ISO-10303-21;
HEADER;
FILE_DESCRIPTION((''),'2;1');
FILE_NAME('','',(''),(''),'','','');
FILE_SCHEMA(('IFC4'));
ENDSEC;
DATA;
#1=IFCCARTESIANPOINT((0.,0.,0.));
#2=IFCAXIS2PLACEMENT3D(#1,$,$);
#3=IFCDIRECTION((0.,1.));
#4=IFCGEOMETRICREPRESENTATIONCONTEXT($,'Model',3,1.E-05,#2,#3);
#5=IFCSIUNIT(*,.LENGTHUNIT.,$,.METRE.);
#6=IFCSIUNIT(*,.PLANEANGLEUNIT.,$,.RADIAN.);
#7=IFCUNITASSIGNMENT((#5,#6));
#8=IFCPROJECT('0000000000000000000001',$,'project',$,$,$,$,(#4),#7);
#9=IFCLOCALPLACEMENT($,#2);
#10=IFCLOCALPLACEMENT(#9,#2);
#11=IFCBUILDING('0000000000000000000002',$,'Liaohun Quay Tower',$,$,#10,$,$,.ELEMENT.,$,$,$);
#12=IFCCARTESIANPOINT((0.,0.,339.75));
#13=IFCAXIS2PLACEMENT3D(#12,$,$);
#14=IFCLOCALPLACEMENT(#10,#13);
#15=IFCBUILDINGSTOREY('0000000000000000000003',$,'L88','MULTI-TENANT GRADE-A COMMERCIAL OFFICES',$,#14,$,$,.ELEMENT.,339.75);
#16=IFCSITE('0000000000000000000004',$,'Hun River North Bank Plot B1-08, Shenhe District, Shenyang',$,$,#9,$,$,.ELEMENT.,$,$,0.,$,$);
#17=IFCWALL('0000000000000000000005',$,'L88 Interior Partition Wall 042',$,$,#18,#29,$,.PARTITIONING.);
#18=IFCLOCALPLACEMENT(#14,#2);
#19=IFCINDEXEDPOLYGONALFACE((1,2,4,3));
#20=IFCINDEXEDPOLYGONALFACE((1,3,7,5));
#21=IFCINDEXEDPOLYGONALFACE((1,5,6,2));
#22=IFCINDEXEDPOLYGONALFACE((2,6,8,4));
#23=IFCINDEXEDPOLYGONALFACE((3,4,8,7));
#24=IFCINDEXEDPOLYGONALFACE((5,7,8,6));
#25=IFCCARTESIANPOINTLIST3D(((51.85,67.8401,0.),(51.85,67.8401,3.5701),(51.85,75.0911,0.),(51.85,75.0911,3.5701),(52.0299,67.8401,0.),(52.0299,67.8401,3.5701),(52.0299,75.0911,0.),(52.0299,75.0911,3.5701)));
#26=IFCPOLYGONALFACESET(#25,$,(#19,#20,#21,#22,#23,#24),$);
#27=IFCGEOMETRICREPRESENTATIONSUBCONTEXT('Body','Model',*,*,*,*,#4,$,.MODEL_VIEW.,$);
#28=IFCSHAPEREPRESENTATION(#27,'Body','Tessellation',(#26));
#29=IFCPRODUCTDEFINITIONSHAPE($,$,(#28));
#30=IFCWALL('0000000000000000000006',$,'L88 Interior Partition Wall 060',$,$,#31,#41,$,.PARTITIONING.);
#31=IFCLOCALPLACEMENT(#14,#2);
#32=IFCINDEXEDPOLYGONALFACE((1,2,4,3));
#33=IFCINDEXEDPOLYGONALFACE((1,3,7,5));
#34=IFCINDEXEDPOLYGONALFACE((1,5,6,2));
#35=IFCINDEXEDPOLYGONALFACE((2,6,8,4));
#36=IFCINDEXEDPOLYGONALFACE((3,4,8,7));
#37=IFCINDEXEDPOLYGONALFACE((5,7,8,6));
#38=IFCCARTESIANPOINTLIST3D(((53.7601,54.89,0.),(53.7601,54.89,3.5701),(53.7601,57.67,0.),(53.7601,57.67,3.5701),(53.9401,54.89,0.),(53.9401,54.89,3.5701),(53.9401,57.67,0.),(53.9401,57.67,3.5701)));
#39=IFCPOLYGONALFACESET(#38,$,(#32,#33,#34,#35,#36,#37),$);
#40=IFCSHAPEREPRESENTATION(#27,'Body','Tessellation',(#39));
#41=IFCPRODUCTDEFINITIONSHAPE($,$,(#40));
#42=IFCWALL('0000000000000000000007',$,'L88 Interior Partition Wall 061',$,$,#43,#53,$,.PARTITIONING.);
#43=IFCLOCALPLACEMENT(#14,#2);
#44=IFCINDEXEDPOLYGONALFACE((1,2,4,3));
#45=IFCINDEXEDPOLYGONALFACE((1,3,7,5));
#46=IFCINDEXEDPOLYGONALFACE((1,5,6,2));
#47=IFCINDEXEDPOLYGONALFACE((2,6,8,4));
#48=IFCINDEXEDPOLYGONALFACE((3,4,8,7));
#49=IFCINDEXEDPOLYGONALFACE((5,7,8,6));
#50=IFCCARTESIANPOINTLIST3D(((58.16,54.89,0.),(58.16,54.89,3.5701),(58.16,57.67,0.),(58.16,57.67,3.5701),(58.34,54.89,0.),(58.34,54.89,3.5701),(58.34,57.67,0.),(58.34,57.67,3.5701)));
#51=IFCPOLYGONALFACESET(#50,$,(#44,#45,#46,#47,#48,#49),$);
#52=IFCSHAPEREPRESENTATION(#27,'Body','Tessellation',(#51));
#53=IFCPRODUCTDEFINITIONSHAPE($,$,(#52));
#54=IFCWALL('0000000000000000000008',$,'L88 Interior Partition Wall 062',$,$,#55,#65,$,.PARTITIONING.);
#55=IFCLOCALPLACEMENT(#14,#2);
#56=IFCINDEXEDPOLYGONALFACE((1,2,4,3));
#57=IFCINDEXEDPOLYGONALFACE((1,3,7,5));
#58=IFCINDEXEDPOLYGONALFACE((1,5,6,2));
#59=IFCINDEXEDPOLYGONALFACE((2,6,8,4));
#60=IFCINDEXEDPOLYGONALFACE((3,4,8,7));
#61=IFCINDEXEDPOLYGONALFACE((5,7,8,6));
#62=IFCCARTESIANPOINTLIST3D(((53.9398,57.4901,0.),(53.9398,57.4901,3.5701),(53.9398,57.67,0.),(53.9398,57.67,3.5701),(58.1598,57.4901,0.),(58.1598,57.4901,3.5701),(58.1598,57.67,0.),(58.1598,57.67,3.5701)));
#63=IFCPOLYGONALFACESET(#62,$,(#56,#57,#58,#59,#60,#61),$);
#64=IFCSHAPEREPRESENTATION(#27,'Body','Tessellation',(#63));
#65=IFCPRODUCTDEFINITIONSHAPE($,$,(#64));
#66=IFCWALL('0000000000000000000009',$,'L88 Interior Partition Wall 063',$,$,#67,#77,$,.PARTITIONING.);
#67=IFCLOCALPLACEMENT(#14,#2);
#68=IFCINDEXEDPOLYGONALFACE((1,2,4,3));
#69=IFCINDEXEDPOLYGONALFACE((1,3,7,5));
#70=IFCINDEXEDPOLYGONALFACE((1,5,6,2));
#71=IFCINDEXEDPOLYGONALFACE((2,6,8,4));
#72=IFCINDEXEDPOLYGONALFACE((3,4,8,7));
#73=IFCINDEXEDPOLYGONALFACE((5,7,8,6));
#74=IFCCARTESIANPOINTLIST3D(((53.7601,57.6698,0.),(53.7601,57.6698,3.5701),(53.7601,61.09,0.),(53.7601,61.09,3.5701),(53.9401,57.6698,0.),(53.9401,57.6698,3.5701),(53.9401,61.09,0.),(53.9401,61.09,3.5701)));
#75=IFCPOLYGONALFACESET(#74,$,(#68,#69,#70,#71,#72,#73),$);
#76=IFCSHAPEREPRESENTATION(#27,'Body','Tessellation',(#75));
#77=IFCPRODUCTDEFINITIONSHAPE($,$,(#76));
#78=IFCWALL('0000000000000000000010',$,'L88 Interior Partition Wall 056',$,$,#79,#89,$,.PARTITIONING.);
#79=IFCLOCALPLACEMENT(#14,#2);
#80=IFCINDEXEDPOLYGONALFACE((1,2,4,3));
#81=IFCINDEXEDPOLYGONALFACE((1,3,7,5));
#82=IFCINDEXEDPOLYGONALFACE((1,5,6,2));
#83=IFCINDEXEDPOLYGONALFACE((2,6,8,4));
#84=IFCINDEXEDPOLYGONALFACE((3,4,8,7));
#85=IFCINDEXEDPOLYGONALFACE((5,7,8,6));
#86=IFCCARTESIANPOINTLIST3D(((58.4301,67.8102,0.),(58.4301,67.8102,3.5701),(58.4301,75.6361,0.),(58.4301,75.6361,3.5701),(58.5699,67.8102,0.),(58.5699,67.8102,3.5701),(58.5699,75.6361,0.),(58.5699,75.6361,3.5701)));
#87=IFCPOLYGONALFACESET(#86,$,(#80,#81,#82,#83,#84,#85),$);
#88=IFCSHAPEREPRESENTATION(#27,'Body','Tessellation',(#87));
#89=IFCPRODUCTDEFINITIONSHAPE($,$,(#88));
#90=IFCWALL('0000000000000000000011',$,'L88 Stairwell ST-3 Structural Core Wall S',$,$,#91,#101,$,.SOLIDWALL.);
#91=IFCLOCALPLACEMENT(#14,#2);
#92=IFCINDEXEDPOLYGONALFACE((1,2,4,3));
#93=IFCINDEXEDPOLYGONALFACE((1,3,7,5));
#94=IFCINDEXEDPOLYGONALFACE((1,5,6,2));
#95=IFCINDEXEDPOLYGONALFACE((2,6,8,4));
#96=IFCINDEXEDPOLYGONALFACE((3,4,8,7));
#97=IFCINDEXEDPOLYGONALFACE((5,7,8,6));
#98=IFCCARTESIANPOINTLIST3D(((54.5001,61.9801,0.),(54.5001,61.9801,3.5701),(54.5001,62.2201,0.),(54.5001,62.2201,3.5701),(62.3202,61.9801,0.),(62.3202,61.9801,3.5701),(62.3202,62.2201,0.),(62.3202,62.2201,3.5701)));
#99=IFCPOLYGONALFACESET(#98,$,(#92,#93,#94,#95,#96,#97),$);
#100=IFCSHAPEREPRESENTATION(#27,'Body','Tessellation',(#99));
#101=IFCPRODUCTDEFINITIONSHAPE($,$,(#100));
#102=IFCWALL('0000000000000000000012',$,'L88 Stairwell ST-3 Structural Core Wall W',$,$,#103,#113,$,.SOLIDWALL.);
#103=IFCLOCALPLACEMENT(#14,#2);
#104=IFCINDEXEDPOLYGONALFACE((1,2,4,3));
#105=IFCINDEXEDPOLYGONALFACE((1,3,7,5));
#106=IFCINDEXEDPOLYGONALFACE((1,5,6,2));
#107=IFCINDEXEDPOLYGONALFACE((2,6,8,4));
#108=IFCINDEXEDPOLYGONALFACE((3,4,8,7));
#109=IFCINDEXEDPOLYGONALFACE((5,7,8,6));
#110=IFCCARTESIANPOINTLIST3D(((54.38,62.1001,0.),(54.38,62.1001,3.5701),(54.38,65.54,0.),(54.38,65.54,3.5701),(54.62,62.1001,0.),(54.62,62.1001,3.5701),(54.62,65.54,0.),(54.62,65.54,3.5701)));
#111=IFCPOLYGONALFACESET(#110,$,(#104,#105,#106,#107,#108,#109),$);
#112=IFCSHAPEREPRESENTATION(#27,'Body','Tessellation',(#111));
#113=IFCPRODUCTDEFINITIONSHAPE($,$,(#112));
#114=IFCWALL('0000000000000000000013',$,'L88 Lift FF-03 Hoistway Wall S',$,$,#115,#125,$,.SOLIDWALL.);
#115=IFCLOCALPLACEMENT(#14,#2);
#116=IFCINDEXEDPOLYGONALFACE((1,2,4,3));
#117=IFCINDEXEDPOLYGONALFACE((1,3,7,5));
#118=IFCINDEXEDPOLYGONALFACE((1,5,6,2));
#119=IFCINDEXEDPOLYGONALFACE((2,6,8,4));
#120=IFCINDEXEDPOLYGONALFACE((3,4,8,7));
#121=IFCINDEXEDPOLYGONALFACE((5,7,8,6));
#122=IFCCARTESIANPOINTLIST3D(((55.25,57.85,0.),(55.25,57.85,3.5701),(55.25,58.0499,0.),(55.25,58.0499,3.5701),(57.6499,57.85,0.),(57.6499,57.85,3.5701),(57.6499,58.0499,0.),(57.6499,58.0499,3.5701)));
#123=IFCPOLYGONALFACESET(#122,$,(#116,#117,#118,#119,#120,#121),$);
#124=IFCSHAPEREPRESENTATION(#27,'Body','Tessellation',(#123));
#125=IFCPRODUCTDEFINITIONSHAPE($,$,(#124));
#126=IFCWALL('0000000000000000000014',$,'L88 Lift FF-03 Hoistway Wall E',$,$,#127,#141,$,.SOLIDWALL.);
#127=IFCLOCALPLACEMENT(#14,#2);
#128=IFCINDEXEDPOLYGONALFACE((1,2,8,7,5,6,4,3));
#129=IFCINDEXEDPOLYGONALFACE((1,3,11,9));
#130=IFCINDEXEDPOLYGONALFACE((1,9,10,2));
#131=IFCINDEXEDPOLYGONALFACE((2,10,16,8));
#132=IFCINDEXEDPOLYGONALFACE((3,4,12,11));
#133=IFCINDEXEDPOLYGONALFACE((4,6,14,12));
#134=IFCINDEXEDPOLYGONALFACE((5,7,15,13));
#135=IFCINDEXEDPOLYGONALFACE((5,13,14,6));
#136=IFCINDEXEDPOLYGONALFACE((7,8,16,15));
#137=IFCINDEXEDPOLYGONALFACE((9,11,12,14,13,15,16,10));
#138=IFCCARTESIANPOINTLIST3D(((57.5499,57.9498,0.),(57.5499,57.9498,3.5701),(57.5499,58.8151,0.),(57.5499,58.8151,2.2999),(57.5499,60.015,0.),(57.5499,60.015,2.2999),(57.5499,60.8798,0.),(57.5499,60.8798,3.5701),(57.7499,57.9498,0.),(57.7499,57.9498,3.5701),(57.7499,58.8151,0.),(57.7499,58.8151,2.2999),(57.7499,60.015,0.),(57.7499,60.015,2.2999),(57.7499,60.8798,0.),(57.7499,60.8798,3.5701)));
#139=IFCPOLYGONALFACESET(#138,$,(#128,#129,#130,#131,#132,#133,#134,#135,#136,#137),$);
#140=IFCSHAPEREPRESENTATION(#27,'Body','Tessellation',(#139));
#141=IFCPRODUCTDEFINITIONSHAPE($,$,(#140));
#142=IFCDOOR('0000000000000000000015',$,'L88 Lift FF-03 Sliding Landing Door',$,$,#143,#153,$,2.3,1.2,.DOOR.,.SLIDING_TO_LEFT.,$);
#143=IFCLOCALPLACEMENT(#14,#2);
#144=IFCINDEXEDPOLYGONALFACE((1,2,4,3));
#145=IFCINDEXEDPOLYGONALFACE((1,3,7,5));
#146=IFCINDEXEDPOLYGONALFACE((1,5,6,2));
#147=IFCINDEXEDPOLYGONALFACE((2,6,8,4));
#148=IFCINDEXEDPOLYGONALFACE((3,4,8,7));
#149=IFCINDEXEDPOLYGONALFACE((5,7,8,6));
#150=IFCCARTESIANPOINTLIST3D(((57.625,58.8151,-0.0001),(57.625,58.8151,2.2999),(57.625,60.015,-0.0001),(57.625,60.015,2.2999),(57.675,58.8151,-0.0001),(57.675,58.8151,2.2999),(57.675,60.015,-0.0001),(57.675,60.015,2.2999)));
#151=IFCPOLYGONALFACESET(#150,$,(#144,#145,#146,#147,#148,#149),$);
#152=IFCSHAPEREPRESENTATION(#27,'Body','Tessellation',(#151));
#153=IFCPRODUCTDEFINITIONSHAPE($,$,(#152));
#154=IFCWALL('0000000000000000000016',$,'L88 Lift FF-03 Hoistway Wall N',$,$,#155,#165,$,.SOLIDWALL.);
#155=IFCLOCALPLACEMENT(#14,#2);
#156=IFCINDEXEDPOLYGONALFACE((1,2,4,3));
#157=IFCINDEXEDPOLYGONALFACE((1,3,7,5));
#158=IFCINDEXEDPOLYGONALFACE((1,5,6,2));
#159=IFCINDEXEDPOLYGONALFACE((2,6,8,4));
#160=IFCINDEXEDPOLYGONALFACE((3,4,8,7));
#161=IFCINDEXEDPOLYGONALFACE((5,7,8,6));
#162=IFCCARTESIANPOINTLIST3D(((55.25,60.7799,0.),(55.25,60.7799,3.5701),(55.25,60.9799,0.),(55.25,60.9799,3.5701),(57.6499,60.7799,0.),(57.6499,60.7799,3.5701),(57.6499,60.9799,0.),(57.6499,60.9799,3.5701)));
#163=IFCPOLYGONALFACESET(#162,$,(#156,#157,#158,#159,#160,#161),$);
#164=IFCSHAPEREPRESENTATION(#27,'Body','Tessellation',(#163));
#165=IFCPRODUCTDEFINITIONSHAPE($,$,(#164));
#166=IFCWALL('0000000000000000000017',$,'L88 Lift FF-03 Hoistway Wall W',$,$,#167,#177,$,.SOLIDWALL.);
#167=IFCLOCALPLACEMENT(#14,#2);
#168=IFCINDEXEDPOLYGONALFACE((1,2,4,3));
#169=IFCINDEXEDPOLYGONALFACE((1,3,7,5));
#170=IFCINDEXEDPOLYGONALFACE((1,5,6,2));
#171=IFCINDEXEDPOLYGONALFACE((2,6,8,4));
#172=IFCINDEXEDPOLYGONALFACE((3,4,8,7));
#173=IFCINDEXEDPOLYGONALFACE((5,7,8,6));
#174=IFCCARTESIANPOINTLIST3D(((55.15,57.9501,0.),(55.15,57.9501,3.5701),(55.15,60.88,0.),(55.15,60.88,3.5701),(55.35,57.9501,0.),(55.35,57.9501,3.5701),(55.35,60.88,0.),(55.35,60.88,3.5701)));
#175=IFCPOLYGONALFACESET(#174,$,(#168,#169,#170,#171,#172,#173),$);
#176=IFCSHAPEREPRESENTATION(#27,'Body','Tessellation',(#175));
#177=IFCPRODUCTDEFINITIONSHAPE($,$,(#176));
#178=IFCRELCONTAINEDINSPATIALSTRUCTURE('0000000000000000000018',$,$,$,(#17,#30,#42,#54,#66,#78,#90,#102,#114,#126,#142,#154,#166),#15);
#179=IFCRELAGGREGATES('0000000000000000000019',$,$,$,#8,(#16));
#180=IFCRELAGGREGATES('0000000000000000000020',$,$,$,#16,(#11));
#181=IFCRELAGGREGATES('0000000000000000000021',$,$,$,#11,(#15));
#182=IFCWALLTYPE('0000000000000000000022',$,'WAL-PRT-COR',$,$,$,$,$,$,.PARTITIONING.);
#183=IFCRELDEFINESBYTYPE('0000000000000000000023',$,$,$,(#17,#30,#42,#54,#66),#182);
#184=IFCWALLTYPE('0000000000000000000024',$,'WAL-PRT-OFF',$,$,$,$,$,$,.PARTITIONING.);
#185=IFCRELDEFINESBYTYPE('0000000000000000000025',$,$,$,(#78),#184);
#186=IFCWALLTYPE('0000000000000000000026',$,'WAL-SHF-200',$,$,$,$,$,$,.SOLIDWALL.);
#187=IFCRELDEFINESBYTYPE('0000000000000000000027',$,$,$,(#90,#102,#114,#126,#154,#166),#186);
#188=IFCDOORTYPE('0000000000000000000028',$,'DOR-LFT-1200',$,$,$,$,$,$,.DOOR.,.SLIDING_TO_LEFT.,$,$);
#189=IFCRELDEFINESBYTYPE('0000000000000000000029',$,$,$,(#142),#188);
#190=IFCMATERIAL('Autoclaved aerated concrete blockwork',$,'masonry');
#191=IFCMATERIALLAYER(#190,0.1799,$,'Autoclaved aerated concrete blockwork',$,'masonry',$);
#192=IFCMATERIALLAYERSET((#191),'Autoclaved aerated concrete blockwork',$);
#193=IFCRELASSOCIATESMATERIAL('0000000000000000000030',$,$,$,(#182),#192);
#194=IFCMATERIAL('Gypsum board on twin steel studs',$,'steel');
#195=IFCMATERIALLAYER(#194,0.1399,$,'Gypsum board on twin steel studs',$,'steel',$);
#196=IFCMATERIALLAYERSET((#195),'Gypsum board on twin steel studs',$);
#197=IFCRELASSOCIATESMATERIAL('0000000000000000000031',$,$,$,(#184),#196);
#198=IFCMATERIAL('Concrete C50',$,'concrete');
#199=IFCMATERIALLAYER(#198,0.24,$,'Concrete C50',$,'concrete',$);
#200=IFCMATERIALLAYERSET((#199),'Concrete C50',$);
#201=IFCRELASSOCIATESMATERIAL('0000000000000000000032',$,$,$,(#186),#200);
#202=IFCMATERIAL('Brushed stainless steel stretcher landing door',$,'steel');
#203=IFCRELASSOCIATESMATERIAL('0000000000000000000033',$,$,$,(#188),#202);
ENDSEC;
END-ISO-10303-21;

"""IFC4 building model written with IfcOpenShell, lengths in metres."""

from ifc_helpers import new_model, si_unit, direction, frame, frame_2d, origin, place, context, subcontext, project, spatial, rectangle, extrude, source, transform, mapped, material, layer, layer_set, type_object, element, fill, save


model = new_model("IFC4")

# Units and contexts
model_context = context("Model", 3, precision=1e-05, world=origin(), true_north=direction((0.0, 1.0)))
body_context = subcontext(model_context, "Body", "Model", "MODEL_VIEW")
ifc_project = project(units=[si_unit("LENGTHUNIT", "METRE"), si_unit("PLANEANGLEUNIT", "RADIAN")], contexts=[model_context])

# Site, building, storey
site_placement = place(None, origin())
site = spatial("IfcSite", under=ifc_project, at=site_placement, Name="Hun River North Bank Plot B1-08, Shenhe District, Shenyang", CompositionType="ELEMENT", RefElevation=0.0)
building_placement = place(site_placement, origin())
building = spatial("IfcBuilding", under=site, at=building_placement, Name="Liaohun Quay Tower", CompositionType="ELEMENT")
storey_placement = place(building_placement, frame((0.0, 0.0, 339.75)))
storey = spatial("IfcBuildingStorey", under=building, at=storey_placement, Name="L88", Description="MULTI-TENANT GRADE-A COMMERCIAL OFFICES", CompositionType="ELEMENT", Elevation=339.75)

# Shared definitions
ifc_material_1 = material(Name="Autoclaved aerated concrete blockwork", Category="masonry")
ifc_layer_1 = layer(ifc_material_1, 0.1799, Name="Autoclaved aerated concrete blockwork", Category="masonry")
ifc_layer_set_1 = layer_set([ifc_layer_1], Name="Autoclaved aerated concrete blockwork")
wall_type_1 = type_object("IfcWallType", Name="WAL-PRT-COR", PredefinedType="PARTITIONING", material=ifc_layer_set_1)

# Walls
wall_1_placement = place(storey_placement, frame((51.9399, 67.8401, 0.0), z_axis=(0.0, 0.0, 1.0), x_axis=(0.0, 1.0, 0.0)))
element("IfcWall", 1, at=wall_1_placement, inside=storey, type_object=wall_type_1, Name="L88 Interior Partition Wall 042", PredefinedType="PARTITIONING", context=body_context, shape_type="SweptSolid", body=[
    extrude(rectangle(XDim=7.251, YDim=0.1799, at=frame_2d((3.6255, 0.0))), origin(), (0.0, 0.0, 1.0), 3.5701),
])
for number, where, z_axis, x_axis, name in (
    (2, (53.8501, 54.8899, 0.0), (0.0, 0.0, 1.0), (0.0, 1.0, 0.0), "L88 Interior Partition Wall 060"),
    (3, (58.25, 54.8899, 0.0), (0.0, 0.0, 1.0), (0.0, 1.0, 0.0), "L88 Interior Partition Wall 061"),
):
    element("IfcWall", number, at=place(storey_placement, frame(where, z_axis=z_axis, x_axis=x_axis)), inside=storey, type_object=wall_type_1, Name=name, PredefinedType="PARTITIONING", context=body_context, shape_type="SweptSolid", body=[
        extrude(rectangle(XDim=2.78, YDim=0.1799, at=frame_2d((1.3901, 0.0))), origin(), (0.0, 0.0, 1.0), 3.5701),
    ])
wall_2_placement = place(storey_placement, frame((53.9399, 57.5801, 0.0), z_axis=(0.0, 0.0, 1.0), x_axis=(1.0, 0.0, 0.0)))
element("IfcWall", 4, at=wall_2_placement, inside=storey, type_object=wall_type_1, Name="L88 Interior Partition Wall 062", PredefinedType="PARTITIONING", context=body_context, shape_type="SweptSolid", body=[
    extrude(rectangle(XDim=4.22, YDim=0.1799, at=frame_2d((2.1099, 0.0))), origin(), (0.0, 0.0, 1.0), 3.5701),
])
wall_3_placement = place(storey_placement, frame((53.8501, 57.6699, 0.0), z_axis=(0.0, 0.0, 1.0), x_axis=(0.0, 1.0, 0.0)))
element("IfcWall", 5, at=wall_3_placement, inside=storey, type_object=wall_type_1, Name="L88 Interior Partition Wall 063", PredefinedType="PARTITIONING", context=body_context, shape_type="SweptSolid", body=[
    extrude(rectangle(XDim=3.4202, YDim=0.1799, at=frame_2d((1.71, 0.0))), origin(), (0.0, 0.0, 1.0), 3.5701),
])
ifc_material_2 = material(Name="Gypsum board on twin steel studs", Category="steel")
ifc_layer_2 = layer(ifc_material_2, 0.1399, Name="Gypsum board on twin steel studs", Category="steel")
ifc_layer_set_2 = layer_set([ifc_layer_2], Name="Gypsum board on twin steel studs")
wall_type_2 = type_object("IfcWallType", Name="WAL-PRT-OFF", PredefinedType="PARTITIONING", material=ifc_layer_set_2)
wall_4_placement = place(storey_placement, frame((58.5, 67.8101, 0.0), z_axis=(0.0, 0.0, 1.0), x_axis=(0.0, 1.0, 0.0)))
element("IfcWall", 6, at=wall_4_placement, inside=storey, type_object=wall_type_2, Name="L88 Interior Partition Wall 056", PredefinedType="PARTITIONING", context=body_context, shape_type="SweptSolid", body=[
    extrude(rectangle(XDim=7.8259, YDim=0.1399, at=frame_2d((3.9131, 0.0))), origin(), (0.0, 0.0, 1.0), 3.5701),
])
ifc_material_3 = material(Name="Concrete C50", Category="concrete")
ifc_layer_3 = layer(ifc_material_3, 0.24, Name="Concrete C50", Category="concrete")
ifc_layer_set_3 = layer_set([ifc_layer_3], Name="Concrete C50")
wall_type_3 = type_object("IfcWallType", Name="WAL-SHF-200", PredefinedType="SOLIDWALL", material=ifc_layer_set_3)
wall_5_placement = place(storey_placement, frame((54.5, 62.1001, 0.0), z_axis=(0.0, 0.0, 1.0), x_axis=(1.0, 0.0, 0.0)))
element("IfcWall", 7, at=wall_5_placement, inside=storey, type_object=wall_type_3, Name="L88 Stairwell ST-3 Structural Core Wall S", PredefinedType="SOLIDWALL", context=body_context, shape_type="SweptSolid", body=[
    extrude(rectangle(XDim=7.8201, YDim=0.24, at=frame_2d((3.9102, 0.0))), origin(), (0.0, 0.0, 1.0), 3.5701),
])
wall_6_placement = place(storey_placement, frame((54.5, 65.54, 0.0), z_axis=(0.0, 0.0, 1.0), x_axis=(0.0, -1.0, 0.0)))
element("IfcWall", 8, at=wall_6_placement, inside=storey, type_object=wall_type_3, Name="L88 Stairwell ST-3 Structural Core Wall W", PredefinedType="SOLIDWALL", context=body_context, shape_type="SweptSolid", body=[
    extrude(rectangle(XDim=3.4399, YDim=0.24, at=frame_2d((1.72, 0.0))), origin(), (0.0, 0.0, 1.0), 3.5701),
])
wall_7_placement = place(storey_placement, frame((55.25, 57.95, 0.0), z_axis=(0.0, 0.0, 1.0), x_axis=(1.0, 0.0, 0.0)))
element("IfcWall", 9, at=wall_7_placement, inside=storey, type_object=wall_type_3, Name="L88 Lift FF-03 Hoistway Wall S", PredefinedType="SOLIDWALL", context=body_context, shape_type="SweptSolid", body=[
    extrude(rectangle(XDim=2.3999, YDim=0.2, at=frame_2d((1.2, 0.0))), origin(), (0.0, 0.0, 1.0), 3.5701),
])

# Wall, opening, door
wall_8_placement = place(storey_placement, frame((57.6499, 57.95, 0.0), z_axis=(0.0, 0.0, 1.0), x_axis=(0.0, 1.0, 0.0)))
wall_8 = element("IfcWall", 10, at=wall_8_placement, inside=storey, type_object=wall_type_3, Name="L88 Lift FF-03 Hoistway Wall E", PredefinedType="SOLIDWALL", context=body_context, shape_type="SweptSolid", body=[
    extrude(rectangle(XDim=2.9299, YDim=0.2, at=frame_2d((1.4648, 0.0))), origin(), (0.0, 0.0, 1.0), 3.5701),
])
shared_shape_1 = source(origin(), body_context, "Body", "SweptSolid", [
    extrude(rectangle(XDim=1.2, YDim=2.3, at=frame_2d((0.6001, 1.1499))), frame((0.0, 0.1099, 0.0), z_axis=(0.0, -1.0, 0.0), x_axis=(1.0, 0.0, 0.0)), (0.0, 0.0, 1.0), 0.22),
])
opening_1_placement = place(wall_8_placement, frame((0.865, 0.0, 0.0)))
opening_1 = element("IfcOpeningElement", 11, at=opening_1_placement, cuts=wall_8, PredefinedType="OPENING", context=body_context, shape_type="MappedRepresentation", body=[
    mapped(shared_shape_1, transform((0.0, 0.0, 0.0), x_axis=(1.0, 0.0, 0.0), y_axis=(0.0, 1.0, 0.0), z_axis=(0.0, 0.0, 1.0), scale=1.0)),
])
ifc_material_4 = material(Name="Brushed stainless steel stretcher landing door", Category="steel")
door_type_1 = type_object("IfcDoorType", Name="DOR-LFT-1200", OperationType="SLIDING_TO_LEFT", PredefinedType="DOOR", material=ifc_material_4)
shared_shape_2 = source(origin(), body_context, "Body", "SweptSolid", [
    extrude(rectangle(XDim=1.2, YDim=2.3, at=frame_2d((0.6001, 1.1499))), frame((0.0, 0.0249, 0.0), z_axis=(0.0, -1.0, 0.0), x_axis=(1.0, 0.0, 0.0)), (0.0, 0.0, 1.0), 0.05),
])
door_1_placement = place(opening_1_placement, origin())
door_1 = element("IfcDoor", 12, at=door_1_placement, inside=storey, type_object=door_type_1, Name="L88 Lift FF-03 Sliding Landing Door", OperationType="SLIDING_TO_LEFT", OverallHeight=2.3, OverallWidth=1.2, PredefinedType="DOOR", context=body_context, shape_type="MappedRepresentation", body=[
    mapped(shared_shape_2, transform((0.0, 0.0, 0.0), x_axis=(1.0, 0.0, 0.0), y_axis=(0.0, 1.0, 0.0), z_axis=(0.0, 0.0, 1.0), scale=1.0)),
])
fill(opening_1, door_1)

# Walls
wall_9_placement = place(storey_placement, frame((57.6499, 60.8799, 0.0), z_axis=(0.0, 0.0, 1.0), x_axis=(-1.0, 0.0, 0.0)))
element("IfcWall", 13, at=wall_9_placement, inside=storey, type_object=wall_type_3, Name="L88 Lift FF-03 Hoistway Wall N", PredefinedType="SOLIDWALL", context=body_context, shape_type="SweptSolid", body=[
    extrude(rectangle(XDim=2.3999, YDim=0.2, at=frame_2d((1.2, 0.0))), origin(), (0.0, 0.0, 1.0), 3.5701),
])
wall_10_placement = place(storey_placement, frame((55.25, 60.8799, 0.0), z_axis=(0.0, 0.0, 1.0), x_axis=(0.0, -1.0, 0.0)))
element("IfcWall", 14, at=wall_10_placement, inside=storey, type_object=wall_type_3, Name="L88 Lift FF-03 Hoistway Wall W", PredefinedType="SOLIDWALL", context=body_context, shape_type="SweptSolid", body=[
    extrude(rectangle(XDim=2.9299, YDim=0.2, at=frame_2d((1.4648, 0.0))), origin(), (0.0, 0.0, 1.0), 3.5701),
])

save(model, "model.ifc")
